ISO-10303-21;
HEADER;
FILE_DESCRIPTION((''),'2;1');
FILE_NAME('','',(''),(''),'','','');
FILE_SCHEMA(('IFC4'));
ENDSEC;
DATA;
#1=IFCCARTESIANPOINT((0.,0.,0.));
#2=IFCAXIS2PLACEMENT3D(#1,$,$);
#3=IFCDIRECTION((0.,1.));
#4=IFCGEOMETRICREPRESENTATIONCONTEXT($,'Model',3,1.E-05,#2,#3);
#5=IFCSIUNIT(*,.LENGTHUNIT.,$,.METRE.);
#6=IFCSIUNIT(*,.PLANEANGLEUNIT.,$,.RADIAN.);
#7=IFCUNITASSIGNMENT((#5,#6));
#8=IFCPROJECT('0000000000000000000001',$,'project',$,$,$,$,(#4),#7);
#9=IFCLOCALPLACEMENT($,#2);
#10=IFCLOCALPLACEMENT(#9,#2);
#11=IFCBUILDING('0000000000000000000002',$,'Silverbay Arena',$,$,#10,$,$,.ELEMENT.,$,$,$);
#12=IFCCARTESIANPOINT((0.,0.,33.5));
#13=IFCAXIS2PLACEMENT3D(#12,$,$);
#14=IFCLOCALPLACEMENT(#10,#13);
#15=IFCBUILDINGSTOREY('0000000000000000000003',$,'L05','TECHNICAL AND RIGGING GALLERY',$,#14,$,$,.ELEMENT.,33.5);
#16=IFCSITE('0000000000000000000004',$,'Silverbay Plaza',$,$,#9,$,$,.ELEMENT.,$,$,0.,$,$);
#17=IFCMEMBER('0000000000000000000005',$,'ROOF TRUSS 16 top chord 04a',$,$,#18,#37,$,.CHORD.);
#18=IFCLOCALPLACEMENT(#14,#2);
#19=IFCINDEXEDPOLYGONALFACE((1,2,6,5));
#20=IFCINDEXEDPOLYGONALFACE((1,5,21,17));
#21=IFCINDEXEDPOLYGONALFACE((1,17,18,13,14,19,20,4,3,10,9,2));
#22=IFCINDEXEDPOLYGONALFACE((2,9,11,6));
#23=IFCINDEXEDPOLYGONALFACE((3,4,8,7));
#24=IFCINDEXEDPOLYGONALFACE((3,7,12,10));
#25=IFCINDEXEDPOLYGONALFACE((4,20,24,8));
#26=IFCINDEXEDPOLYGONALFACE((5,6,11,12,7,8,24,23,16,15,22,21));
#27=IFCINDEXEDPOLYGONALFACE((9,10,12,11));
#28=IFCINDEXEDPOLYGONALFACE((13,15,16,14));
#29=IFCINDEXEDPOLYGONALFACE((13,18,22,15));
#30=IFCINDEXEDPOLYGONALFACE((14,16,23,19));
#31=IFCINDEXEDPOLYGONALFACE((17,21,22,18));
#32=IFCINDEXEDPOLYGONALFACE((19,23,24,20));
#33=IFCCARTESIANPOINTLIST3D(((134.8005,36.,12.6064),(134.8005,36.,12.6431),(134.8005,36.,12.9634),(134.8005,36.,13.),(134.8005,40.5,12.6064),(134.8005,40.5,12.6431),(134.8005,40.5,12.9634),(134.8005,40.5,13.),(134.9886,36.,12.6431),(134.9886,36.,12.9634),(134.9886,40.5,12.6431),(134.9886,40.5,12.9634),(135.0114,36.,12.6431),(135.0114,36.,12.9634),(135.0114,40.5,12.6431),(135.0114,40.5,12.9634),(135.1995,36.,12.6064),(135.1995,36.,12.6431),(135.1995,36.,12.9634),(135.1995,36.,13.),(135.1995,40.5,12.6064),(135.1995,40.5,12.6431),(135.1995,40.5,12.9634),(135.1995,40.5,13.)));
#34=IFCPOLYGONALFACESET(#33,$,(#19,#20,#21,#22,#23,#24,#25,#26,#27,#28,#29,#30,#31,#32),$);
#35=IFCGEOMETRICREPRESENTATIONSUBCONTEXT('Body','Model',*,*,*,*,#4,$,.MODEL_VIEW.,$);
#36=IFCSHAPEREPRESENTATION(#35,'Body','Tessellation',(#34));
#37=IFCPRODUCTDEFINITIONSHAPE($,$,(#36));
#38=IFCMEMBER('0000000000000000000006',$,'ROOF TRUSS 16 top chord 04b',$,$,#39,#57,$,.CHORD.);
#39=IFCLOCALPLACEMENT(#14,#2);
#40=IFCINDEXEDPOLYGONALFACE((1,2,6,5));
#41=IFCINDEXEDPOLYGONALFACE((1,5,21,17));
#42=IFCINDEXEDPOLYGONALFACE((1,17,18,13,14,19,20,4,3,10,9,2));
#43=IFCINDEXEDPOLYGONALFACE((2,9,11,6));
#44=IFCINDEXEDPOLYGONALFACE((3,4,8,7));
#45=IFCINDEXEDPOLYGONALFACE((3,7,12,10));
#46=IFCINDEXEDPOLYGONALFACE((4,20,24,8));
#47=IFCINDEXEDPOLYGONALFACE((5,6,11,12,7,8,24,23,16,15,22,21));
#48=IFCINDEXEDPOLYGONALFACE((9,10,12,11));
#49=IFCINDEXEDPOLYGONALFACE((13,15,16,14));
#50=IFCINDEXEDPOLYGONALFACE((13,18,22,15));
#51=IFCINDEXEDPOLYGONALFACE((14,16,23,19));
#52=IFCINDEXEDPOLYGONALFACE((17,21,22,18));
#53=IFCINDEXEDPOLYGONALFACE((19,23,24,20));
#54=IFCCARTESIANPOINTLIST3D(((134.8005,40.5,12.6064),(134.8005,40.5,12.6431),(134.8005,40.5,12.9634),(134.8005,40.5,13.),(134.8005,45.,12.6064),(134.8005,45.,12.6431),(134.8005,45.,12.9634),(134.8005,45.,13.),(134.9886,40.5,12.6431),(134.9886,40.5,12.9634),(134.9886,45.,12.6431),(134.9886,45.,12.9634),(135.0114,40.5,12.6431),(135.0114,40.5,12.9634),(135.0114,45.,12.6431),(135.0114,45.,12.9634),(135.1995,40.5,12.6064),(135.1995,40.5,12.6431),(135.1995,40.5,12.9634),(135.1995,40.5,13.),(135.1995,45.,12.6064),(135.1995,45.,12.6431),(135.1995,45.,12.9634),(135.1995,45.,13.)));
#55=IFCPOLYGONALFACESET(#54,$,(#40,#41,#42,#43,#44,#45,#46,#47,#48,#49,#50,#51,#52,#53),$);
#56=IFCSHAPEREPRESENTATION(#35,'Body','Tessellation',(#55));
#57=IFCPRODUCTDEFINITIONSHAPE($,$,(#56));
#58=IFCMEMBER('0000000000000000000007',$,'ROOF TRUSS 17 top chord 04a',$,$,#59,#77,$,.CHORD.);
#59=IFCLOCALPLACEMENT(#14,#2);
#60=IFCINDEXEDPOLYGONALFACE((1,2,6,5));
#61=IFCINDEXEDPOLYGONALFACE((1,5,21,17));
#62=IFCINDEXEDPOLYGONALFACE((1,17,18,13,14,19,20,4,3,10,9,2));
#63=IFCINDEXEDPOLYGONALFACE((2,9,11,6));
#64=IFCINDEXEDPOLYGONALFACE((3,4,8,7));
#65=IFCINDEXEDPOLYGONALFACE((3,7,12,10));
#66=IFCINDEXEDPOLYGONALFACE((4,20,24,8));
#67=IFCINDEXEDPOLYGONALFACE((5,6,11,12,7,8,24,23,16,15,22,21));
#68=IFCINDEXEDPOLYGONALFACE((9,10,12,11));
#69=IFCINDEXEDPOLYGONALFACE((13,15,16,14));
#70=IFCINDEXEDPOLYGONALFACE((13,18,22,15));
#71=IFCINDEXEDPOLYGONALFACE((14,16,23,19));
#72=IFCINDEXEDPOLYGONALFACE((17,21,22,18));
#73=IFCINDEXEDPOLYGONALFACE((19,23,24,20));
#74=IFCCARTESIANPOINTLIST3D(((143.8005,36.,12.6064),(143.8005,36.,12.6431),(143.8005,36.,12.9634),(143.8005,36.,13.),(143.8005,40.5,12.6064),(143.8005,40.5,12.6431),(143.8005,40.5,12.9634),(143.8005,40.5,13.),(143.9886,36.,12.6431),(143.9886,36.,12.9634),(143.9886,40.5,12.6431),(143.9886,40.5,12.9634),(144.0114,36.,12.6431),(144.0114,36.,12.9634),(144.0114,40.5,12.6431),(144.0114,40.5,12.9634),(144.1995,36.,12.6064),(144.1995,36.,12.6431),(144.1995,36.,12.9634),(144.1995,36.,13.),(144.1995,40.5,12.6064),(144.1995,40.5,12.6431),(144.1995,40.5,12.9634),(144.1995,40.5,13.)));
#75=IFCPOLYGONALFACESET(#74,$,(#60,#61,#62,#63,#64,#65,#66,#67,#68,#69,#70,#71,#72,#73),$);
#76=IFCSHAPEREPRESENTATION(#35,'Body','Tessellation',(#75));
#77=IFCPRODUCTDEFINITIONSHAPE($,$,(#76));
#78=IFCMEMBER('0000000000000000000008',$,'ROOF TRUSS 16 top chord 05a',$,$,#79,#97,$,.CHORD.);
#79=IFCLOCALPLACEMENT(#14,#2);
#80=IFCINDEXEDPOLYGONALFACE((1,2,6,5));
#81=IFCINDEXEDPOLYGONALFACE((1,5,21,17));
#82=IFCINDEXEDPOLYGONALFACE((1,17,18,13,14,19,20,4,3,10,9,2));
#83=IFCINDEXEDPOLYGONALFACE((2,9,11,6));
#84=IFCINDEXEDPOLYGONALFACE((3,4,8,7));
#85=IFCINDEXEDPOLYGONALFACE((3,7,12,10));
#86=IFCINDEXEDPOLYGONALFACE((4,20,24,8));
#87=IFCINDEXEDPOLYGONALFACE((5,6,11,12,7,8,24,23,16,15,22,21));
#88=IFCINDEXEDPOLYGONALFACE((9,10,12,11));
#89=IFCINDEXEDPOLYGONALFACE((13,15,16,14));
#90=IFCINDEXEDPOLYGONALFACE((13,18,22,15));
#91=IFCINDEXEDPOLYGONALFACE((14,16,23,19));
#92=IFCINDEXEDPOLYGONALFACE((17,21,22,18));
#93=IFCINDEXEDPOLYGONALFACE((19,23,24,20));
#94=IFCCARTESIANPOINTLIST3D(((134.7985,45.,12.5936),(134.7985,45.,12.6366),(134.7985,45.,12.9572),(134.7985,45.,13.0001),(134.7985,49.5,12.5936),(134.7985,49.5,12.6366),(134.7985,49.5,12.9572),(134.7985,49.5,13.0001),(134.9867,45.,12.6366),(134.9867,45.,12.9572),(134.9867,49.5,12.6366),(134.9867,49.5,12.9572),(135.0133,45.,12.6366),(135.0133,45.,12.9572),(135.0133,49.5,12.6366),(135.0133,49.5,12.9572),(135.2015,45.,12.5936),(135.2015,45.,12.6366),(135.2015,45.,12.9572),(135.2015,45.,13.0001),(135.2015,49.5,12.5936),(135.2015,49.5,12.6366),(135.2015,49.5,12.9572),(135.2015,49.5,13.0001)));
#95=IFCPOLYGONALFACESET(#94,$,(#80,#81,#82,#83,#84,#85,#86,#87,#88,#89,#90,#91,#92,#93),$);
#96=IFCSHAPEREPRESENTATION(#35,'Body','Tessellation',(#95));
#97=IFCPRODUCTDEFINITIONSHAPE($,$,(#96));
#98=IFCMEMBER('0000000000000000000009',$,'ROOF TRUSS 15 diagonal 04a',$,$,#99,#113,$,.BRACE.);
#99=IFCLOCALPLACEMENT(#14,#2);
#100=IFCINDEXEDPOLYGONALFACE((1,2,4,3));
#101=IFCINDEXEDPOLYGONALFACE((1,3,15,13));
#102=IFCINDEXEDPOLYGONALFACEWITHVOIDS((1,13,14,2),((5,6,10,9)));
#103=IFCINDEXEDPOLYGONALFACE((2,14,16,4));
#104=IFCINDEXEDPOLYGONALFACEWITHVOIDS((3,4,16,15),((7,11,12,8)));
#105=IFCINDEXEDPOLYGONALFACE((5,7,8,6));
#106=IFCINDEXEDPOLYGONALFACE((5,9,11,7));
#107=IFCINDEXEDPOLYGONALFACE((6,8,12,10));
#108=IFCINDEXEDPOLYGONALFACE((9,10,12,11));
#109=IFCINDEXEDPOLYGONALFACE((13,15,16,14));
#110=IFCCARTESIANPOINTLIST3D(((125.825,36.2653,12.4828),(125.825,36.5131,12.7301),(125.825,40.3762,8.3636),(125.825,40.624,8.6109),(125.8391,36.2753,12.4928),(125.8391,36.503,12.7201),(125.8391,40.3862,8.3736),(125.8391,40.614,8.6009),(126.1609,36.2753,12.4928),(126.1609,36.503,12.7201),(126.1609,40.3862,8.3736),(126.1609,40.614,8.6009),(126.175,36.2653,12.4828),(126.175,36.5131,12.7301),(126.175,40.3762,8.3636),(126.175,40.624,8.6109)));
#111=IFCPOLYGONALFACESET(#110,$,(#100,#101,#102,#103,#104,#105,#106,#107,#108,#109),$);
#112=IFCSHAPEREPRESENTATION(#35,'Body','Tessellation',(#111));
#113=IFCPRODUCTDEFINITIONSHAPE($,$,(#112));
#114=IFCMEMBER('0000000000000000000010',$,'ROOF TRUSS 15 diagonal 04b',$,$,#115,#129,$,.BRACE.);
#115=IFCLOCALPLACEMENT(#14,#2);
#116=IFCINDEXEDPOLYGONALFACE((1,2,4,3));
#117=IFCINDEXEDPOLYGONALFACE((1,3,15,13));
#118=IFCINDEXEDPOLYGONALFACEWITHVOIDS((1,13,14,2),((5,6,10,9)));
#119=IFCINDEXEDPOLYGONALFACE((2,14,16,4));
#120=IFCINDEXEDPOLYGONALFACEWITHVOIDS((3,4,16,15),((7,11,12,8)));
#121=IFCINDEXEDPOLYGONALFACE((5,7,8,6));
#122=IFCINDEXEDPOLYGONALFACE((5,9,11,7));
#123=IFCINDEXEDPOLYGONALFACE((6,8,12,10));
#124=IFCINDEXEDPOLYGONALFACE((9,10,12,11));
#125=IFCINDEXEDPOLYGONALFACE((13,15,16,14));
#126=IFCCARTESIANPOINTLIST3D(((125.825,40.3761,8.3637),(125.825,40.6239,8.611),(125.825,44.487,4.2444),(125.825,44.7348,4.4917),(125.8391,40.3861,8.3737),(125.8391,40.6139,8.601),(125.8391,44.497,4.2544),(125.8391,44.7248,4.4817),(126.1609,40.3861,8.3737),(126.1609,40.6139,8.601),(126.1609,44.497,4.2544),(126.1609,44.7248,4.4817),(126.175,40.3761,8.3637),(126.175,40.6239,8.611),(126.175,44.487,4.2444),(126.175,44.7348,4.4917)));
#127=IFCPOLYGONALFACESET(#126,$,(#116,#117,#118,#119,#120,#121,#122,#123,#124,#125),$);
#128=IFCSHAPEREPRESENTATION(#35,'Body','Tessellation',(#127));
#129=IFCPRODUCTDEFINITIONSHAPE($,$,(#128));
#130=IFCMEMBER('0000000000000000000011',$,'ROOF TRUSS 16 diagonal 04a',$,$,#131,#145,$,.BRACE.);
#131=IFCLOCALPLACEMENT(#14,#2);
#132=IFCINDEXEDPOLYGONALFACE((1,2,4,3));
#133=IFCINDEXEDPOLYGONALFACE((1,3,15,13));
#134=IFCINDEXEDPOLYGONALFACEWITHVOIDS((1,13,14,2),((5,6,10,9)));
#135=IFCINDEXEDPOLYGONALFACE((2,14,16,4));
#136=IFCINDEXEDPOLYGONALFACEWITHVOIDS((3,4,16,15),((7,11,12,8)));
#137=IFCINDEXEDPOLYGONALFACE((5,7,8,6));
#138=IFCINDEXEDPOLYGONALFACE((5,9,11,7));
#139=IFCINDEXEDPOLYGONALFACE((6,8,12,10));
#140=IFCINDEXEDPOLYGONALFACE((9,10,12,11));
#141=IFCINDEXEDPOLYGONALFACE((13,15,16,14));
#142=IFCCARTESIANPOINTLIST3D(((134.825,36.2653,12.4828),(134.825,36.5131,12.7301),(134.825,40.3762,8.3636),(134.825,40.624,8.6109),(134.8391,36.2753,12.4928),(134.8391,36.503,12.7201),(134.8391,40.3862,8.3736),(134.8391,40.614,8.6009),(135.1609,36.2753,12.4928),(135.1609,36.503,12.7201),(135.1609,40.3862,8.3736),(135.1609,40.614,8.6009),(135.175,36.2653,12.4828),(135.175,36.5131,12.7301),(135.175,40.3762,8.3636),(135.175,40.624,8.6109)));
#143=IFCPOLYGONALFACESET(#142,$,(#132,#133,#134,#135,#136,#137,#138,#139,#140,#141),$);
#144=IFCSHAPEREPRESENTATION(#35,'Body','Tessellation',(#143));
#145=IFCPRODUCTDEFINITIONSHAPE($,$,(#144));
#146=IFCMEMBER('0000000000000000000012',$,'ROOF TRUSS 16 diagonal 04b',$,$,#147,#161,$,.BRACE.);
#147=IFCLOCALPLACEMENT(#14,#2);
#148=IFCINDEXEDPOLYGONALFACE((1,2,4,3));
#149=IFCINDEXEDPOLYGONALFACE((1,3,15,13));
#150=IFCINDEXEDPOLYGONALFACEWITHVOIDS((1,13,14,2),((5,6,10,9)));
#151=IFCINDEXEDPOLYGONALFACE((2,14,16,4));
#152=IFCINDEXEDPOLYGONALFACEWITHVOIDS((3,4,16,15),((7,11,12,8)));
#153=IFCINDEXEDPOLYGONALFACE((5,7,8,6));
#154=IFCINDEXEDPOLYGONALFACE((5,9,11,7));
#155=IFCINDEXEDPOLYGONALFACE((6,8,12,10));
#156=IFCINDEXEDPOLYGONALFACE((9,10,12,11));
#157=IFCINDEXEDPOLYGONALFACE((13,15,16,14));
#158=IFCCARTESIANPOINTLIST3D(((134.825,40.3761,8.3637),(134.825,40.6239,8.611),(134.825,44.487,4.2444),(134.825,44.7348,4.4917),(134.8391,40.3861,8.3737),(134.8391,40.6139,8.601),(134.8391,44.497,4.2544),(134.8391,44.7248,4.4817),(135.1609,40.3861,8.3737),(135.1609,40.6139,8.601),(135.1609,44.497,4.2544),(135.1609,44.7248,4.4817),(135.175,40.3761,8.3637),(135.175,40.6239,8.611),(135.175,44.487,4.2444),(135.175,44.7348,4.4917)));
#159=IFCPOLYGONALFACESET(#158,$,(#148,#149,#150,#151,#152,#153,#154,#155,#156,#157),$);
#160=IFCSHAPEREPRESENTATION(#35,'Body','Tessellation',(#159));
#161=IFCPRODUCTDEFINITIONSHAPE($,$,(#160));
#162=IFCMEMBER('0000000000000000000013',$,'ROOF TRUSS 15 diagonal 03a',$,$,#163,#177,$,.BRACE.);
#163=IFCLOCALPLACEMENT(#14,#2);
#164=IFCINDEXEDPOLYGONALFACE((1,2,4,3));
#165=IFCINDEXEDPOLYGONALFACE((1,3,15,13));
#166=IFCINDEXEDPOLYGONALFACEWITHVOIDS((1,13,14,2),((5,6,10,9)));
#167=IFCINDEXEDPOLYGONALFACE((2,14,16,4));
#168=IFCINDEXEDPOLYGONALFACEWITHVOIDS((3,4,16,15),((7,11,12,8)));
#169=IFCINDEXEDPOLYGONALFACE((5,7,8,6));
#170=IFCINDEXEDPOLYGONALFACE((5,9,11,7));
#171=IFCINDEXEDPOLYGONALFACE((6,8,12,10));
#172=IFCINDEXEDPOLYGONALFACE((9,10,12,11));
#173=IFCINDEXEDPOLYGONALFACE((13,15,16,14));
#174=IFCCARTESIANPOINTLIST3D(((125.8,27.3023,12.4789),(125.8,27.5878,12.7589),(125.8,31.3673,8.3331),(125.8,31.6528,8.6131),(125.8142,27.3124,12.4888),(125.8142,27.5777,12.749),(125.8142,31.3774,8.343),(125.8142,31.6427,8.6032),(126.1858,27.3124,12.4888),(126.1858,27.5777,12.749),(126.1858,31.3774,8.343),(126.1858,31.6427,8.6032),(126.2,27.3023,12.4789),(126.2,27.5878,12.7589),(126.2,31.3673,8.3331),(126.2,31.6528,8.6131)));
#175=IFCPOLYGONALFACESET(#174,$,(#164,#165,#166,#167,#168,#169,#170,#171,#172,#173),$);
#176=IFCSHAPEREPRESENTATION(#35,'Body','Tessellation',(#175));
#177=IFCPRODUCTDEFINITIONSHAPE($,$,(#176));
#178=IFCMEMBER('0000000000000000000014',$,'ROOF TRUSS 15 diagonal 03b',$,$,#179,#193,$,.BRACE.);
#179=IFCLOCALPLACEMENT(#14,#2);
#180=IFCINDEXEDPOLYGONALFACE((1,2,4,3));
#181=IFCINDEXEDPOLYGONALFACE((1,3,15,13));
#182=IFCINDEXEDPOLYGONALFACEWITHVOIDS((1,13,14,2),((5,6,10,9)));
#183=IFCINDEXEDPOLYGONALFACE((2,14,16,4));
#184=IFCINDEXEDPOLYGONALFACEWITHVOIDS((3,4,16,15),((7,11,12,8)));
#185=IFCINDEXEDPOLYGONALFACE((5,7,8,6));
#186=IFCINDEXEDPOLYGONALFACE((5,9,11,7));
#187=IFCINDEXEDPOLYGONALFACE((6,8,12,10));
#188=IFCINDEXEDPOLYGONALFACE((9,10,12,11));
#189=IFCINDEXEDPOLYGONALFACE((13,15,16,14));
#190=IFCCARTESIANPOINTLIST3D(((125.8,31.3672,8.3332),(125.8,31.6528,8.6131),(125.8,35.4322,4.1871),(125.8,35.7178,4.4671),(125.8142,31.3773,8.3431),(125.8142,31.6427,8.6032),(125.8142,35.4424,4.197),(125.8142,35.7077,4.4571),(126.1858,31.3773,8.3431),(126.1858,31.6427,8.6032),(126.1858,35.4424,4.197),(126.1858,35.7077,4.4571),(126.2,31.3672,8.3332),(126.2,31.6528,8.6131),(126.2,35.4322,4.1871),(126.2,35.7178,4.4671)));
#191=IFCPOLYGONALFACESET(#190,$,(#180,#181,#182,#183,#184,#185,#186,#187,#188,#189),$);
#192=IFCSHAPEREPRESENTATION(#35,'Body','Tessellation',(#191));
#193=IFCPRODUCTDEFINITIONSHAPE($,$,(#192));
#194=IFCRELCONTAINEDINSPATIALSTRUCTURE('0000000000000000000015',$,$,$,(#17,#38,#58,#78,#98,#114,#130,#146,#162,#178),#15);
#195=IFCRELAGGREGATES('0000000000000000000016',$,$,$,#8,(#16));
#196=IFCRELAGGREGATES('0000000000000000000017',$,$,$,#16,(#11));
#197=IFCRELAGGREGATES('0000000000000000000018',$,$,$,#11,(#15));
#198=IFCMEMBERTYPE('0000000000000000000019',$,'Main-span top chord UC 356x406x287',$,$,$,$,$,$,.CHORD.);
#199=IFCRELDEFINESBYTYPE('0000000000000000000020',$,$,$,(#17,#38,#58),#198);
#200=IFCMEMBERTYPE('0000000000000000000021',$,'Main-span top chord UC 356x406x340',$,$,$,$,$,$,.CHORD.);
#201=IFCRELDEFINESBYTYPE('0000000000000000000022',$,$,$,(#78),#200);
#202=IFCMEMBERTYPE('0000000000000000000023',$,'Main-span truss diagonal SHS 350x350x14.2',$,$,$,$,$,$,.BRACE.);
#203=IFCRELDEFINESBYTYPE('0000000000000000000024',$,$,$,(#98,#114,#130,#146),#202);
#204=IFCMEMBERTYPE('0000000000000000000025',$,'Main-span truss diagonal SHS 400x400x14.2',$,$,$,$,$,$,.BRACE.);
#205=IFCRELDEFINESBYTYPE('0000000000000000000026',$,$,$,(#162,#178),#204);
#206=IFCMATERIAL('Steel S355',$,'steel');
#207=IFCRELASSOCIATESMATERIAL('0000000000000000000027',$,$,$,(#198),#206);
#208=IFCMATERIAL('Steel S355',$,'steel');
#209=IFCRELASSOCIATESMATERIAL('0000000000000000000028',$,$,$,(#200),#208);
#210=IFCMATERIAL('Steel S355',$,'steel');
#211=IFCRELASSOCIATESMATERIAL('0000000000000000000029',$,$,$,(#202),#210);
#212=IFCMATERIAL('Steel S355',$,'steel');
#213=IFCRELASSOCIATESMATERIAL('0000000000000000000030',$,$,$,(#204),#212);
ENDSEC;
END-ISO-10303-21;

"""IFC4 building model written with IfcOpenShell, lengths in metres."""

from ifc_helpers import new_model, si_unit, direction, frame, origin, origin_2d, place, context, subcontext, project, spatial, hollow_rectangle, i_section, extrude, material, material_profile, profile_set, type_object, element, save


model = new_model("IFC4")

# Units and contexts
model_context = context("Model", 3, precision=1e-05, world=origin(), true_north=direction((0.0, 1.0)))
body_context = subcontext(model_context, "Body", "Model", "MODEL_VIEW")
ifc_project = project(units=[si_unit("LENGTHUNIT", "METRE"), si_unit("PLANEANGLEUNIT", "RADIAN")], contexts=[model_context])

# Site, building, storey
site_placement = place(None, origin())
site = spatial("IfcSite", under=ifc_project, at=site_placement, Name="Silverbay Plaza", CompositionType="ELEMENT", RefElevation=0.0)
building_placement = place(site_placement, origin())
building = spatial("IfcBuilding", under=site, at=building_placement, Name="Silverbay Arena", CompositionType="ELEMENT")
storey_placement = place(building_placement, frame((0.0, 0.0, 33.5)))
storey = spatial("IfcBuildingStorey", under=building, at=storey_placement, Name="L05", Description="TECHNICAL AND RIGGING GALLERY", CompositionType="ELEMENT", Elevation=33.5)

# Members
ifc_material_1 = material(Name="Steel S355", Category="steel")
ifc_material_profile_1 = material_profile(ifc_material_1, i_section(OverallWidth=0.3989, OverallDepth=0.3936, WebThickness=0.0227, FlangeThickness=0.0366, at=origin_2d()), Name="UC 356x406x287")
ifc_profile_set_1 = profile_set([ifc_material_profile_1], Name="Steel S355")
member_type_1 = type_object("IfcMemberType", Name="Main-span top chord UC 356x406x287", PredefinedType="CHORD", material=ifc_profile_set_1)
for number, where, z_axis, x_axis, name in (
    (1, (135.0, 36.0, 12.8032), (0.0, 1.0, 0.0), (-1.0, 0.0, 0.0), "ROOF TRUSS 16 top chord 04a"),
    (2, (135.0, 40.5, 12.8032), (0.0, 1.0, 0.0), (-1.0, 0.0, 0.0), "ROOF TRUSS 16 top chord 04b"),
    (3, (144.0, 36.0, 12.8032), (0.0, 1.0, 0.0), (-1.0, 0.0, 0.0), "ROOF TRUSS 17 top chord 04a"),
):
    element("IfcMember", number, at=place(storey_placement, frame(where, z_axis=z_axis, x_axis=x_axis)), inside=storey, type_object=member_type_1, Name=name, PredefinedType="CHORD", context=body_context, shape_type="SweptSolid", body=[
        extrude(i_section(OverallWidth=0.3989, OverallDepth=0.3936, WebThickness=0.0227, FlangeThickness=0.0366, at=origin_2d()), origin(), (0.0, 0.0, 1.0), 4.5),
    ])
ifc_material_2 = material(Name="Steel S355", Category="steel")
ifc_material_profile_2 = material_profile(ifc_material_2, i_section(OverallWidth=0.4031, OverallDepth=0.4065, WebThickness=0.0266, FlangeThickness=0.043, at=origin_2d()), Name="UC 356x406x340")
ifc_profile_set_2 = profile_set([ifc_material_profile_2], Name="Steel S355")
member_type_2 = type_object("IfcMemberType", Name="Main-span top chord UC 356x406x340", PredefinedType="CHORD", material=ifc_profile_set_2)
member_1_placement = place(storey_placement, frame((135.0, 45.0, 12.7969), z_axis=(0.0, 1.0, 0.0), x_axis=(-1.0, 0.0, 0.0)))
element("IfcMember", 4, at=member_1_placement, inside=storey, type_object=member_type_2, Name="ROOF TRUSS 16 top chord 05a", PredefinedType="CHORD", context=body_context, shape_type="SweptSolid", body=[
    extrude(i_section(OverallWidth=0.4031, OverallDepth=0.4065, WebThickness=0.0266, FlangeThickness=0.043, at=origin_2d()), origin(), (0.0, 0.0, 1.0), 4.5),
])
ifc_material_3 = material(Name="Steel S355", Category="steel")
ifc_material_profile_3 = material_profile(ifc_material_3, hollow_rectangle(XDim=0.3501, YDim=0.3501, WallThickness=0.0142, at=origin_2d()), Name="SHS 350x350x14.2")
ifc_profile_set_3 = profile_set([ifc_material_profile_3], Name="Steel S355")
member_type_3 = type_object("IfcMemberType", Name="Main-span truss diagonal SHS 350x350x14.2", PredefinedType="BRACE", material=ifc_profile_set_3)
for number, where, z_axis, x_axis, name in (
    (5, (126.0, 36.3892, 12.6064), (0.0, 0.706393, -0.70782), (-1.0, 0.0, 0.0), "ROOF TRUSS 15 diagonal 04a"),
    (6, (126.0, 40.5, 8.4873), (0.0, 0.706393, -0.70782), (-1.0, 0.0, 0.0), "ROOF TRUSS 15 diagonal 04b"),
    (7, (135.0, 36.3892, 12.6064), (0.0, 0.706393, -0.70782), (-1.0, 0.0, 0.0), "ROOF TRUSS 16 diagonal 04a"),
    (8, (135.0, 40.5, 8.4873), (0.0, 0.706393, -0.70782), (-1.0, 0.0, 0.0), "ROOF TRUSS 16 diagonal 04b"),
):
    element("IfcMember", number, at=place(storey_placement, frame(where, z_axis=z_axis, x_axis=x_axis)), inside=storey, type_object=member_type_3, Name=name, PredefinedType="BRACE", context=body_context, shape_type="SweptSolid", body=[
        extrude(hollow_rectangle(XDim=0.3501, YDim=0.3501, WallThickness=0.0142, at=origin_2d()), origin(), (0.0, 0.0, 1.0), 5.8196),
    ])
ifc_material_4 = material(Name="Steel S355", Category="steel")
ifc_material_profile_4 = material_profile(ifc_material_4, hollow_rectangle(XDim=0.3999, YDim=0.3999, WallThickness=0.0142, at=origin_2d()), Name="SHS 400x400x14.2")
ifc_profile_set_4 = profile_set([ifc_material_profile_4], Name="Steel S355")
member_type_4 = type_object("IfcMemberType", Name="Main-span truss diagonal SHS 400x400x14.2", PredefinedType="BRACE", material=ifc_profile_set_4)
member_2_placement = place(storey_placement, frame((126.0, 27.4451, 12.6189), z_axis=(0.0, 0.700113, -0.714032), x_axis=(-1.0, 0.0, 0.0)))
element("IfcMember", 9, at=member_2_placement, inside=storey, type_object=member_type_4, Name="ROOF TRUSS 15 diagonal 03a", PredefinedType="BRACE", context=body_context, shape_type="SweptSolid", body=[
    extrude(hollow_rectangle(XDim=0.3999, YDim=0.3999, WallThickness=0.0142, at=origin_2d()), origin(), (0.0, 0.0, 1.0), 5.8062),
])
member_3_placement = place(storey_placement, frame((126.0, 31.51, 8.4731), z_axis=(0.0, 0.700092, -0.714052), x_axis=(-1.0, 0.0, 0.0)))
element("IfcMember", 10, at=member_3_placement, inside=storey, type_object=member_type_4, Name="ROOF TRUSS 15 diagonal 03b", PredefinedType="BRACE", context=body_context, shape_type="SweptSolid", body=[
    extrude(hollow_rectangle(XDim=0.3999, YDim=0.3999, WallThickness=0.0142, at=origin_2d()), origin(), (0.0, 0.0, 1.0), 5.8064),
])

save(model, "model.ifc")
